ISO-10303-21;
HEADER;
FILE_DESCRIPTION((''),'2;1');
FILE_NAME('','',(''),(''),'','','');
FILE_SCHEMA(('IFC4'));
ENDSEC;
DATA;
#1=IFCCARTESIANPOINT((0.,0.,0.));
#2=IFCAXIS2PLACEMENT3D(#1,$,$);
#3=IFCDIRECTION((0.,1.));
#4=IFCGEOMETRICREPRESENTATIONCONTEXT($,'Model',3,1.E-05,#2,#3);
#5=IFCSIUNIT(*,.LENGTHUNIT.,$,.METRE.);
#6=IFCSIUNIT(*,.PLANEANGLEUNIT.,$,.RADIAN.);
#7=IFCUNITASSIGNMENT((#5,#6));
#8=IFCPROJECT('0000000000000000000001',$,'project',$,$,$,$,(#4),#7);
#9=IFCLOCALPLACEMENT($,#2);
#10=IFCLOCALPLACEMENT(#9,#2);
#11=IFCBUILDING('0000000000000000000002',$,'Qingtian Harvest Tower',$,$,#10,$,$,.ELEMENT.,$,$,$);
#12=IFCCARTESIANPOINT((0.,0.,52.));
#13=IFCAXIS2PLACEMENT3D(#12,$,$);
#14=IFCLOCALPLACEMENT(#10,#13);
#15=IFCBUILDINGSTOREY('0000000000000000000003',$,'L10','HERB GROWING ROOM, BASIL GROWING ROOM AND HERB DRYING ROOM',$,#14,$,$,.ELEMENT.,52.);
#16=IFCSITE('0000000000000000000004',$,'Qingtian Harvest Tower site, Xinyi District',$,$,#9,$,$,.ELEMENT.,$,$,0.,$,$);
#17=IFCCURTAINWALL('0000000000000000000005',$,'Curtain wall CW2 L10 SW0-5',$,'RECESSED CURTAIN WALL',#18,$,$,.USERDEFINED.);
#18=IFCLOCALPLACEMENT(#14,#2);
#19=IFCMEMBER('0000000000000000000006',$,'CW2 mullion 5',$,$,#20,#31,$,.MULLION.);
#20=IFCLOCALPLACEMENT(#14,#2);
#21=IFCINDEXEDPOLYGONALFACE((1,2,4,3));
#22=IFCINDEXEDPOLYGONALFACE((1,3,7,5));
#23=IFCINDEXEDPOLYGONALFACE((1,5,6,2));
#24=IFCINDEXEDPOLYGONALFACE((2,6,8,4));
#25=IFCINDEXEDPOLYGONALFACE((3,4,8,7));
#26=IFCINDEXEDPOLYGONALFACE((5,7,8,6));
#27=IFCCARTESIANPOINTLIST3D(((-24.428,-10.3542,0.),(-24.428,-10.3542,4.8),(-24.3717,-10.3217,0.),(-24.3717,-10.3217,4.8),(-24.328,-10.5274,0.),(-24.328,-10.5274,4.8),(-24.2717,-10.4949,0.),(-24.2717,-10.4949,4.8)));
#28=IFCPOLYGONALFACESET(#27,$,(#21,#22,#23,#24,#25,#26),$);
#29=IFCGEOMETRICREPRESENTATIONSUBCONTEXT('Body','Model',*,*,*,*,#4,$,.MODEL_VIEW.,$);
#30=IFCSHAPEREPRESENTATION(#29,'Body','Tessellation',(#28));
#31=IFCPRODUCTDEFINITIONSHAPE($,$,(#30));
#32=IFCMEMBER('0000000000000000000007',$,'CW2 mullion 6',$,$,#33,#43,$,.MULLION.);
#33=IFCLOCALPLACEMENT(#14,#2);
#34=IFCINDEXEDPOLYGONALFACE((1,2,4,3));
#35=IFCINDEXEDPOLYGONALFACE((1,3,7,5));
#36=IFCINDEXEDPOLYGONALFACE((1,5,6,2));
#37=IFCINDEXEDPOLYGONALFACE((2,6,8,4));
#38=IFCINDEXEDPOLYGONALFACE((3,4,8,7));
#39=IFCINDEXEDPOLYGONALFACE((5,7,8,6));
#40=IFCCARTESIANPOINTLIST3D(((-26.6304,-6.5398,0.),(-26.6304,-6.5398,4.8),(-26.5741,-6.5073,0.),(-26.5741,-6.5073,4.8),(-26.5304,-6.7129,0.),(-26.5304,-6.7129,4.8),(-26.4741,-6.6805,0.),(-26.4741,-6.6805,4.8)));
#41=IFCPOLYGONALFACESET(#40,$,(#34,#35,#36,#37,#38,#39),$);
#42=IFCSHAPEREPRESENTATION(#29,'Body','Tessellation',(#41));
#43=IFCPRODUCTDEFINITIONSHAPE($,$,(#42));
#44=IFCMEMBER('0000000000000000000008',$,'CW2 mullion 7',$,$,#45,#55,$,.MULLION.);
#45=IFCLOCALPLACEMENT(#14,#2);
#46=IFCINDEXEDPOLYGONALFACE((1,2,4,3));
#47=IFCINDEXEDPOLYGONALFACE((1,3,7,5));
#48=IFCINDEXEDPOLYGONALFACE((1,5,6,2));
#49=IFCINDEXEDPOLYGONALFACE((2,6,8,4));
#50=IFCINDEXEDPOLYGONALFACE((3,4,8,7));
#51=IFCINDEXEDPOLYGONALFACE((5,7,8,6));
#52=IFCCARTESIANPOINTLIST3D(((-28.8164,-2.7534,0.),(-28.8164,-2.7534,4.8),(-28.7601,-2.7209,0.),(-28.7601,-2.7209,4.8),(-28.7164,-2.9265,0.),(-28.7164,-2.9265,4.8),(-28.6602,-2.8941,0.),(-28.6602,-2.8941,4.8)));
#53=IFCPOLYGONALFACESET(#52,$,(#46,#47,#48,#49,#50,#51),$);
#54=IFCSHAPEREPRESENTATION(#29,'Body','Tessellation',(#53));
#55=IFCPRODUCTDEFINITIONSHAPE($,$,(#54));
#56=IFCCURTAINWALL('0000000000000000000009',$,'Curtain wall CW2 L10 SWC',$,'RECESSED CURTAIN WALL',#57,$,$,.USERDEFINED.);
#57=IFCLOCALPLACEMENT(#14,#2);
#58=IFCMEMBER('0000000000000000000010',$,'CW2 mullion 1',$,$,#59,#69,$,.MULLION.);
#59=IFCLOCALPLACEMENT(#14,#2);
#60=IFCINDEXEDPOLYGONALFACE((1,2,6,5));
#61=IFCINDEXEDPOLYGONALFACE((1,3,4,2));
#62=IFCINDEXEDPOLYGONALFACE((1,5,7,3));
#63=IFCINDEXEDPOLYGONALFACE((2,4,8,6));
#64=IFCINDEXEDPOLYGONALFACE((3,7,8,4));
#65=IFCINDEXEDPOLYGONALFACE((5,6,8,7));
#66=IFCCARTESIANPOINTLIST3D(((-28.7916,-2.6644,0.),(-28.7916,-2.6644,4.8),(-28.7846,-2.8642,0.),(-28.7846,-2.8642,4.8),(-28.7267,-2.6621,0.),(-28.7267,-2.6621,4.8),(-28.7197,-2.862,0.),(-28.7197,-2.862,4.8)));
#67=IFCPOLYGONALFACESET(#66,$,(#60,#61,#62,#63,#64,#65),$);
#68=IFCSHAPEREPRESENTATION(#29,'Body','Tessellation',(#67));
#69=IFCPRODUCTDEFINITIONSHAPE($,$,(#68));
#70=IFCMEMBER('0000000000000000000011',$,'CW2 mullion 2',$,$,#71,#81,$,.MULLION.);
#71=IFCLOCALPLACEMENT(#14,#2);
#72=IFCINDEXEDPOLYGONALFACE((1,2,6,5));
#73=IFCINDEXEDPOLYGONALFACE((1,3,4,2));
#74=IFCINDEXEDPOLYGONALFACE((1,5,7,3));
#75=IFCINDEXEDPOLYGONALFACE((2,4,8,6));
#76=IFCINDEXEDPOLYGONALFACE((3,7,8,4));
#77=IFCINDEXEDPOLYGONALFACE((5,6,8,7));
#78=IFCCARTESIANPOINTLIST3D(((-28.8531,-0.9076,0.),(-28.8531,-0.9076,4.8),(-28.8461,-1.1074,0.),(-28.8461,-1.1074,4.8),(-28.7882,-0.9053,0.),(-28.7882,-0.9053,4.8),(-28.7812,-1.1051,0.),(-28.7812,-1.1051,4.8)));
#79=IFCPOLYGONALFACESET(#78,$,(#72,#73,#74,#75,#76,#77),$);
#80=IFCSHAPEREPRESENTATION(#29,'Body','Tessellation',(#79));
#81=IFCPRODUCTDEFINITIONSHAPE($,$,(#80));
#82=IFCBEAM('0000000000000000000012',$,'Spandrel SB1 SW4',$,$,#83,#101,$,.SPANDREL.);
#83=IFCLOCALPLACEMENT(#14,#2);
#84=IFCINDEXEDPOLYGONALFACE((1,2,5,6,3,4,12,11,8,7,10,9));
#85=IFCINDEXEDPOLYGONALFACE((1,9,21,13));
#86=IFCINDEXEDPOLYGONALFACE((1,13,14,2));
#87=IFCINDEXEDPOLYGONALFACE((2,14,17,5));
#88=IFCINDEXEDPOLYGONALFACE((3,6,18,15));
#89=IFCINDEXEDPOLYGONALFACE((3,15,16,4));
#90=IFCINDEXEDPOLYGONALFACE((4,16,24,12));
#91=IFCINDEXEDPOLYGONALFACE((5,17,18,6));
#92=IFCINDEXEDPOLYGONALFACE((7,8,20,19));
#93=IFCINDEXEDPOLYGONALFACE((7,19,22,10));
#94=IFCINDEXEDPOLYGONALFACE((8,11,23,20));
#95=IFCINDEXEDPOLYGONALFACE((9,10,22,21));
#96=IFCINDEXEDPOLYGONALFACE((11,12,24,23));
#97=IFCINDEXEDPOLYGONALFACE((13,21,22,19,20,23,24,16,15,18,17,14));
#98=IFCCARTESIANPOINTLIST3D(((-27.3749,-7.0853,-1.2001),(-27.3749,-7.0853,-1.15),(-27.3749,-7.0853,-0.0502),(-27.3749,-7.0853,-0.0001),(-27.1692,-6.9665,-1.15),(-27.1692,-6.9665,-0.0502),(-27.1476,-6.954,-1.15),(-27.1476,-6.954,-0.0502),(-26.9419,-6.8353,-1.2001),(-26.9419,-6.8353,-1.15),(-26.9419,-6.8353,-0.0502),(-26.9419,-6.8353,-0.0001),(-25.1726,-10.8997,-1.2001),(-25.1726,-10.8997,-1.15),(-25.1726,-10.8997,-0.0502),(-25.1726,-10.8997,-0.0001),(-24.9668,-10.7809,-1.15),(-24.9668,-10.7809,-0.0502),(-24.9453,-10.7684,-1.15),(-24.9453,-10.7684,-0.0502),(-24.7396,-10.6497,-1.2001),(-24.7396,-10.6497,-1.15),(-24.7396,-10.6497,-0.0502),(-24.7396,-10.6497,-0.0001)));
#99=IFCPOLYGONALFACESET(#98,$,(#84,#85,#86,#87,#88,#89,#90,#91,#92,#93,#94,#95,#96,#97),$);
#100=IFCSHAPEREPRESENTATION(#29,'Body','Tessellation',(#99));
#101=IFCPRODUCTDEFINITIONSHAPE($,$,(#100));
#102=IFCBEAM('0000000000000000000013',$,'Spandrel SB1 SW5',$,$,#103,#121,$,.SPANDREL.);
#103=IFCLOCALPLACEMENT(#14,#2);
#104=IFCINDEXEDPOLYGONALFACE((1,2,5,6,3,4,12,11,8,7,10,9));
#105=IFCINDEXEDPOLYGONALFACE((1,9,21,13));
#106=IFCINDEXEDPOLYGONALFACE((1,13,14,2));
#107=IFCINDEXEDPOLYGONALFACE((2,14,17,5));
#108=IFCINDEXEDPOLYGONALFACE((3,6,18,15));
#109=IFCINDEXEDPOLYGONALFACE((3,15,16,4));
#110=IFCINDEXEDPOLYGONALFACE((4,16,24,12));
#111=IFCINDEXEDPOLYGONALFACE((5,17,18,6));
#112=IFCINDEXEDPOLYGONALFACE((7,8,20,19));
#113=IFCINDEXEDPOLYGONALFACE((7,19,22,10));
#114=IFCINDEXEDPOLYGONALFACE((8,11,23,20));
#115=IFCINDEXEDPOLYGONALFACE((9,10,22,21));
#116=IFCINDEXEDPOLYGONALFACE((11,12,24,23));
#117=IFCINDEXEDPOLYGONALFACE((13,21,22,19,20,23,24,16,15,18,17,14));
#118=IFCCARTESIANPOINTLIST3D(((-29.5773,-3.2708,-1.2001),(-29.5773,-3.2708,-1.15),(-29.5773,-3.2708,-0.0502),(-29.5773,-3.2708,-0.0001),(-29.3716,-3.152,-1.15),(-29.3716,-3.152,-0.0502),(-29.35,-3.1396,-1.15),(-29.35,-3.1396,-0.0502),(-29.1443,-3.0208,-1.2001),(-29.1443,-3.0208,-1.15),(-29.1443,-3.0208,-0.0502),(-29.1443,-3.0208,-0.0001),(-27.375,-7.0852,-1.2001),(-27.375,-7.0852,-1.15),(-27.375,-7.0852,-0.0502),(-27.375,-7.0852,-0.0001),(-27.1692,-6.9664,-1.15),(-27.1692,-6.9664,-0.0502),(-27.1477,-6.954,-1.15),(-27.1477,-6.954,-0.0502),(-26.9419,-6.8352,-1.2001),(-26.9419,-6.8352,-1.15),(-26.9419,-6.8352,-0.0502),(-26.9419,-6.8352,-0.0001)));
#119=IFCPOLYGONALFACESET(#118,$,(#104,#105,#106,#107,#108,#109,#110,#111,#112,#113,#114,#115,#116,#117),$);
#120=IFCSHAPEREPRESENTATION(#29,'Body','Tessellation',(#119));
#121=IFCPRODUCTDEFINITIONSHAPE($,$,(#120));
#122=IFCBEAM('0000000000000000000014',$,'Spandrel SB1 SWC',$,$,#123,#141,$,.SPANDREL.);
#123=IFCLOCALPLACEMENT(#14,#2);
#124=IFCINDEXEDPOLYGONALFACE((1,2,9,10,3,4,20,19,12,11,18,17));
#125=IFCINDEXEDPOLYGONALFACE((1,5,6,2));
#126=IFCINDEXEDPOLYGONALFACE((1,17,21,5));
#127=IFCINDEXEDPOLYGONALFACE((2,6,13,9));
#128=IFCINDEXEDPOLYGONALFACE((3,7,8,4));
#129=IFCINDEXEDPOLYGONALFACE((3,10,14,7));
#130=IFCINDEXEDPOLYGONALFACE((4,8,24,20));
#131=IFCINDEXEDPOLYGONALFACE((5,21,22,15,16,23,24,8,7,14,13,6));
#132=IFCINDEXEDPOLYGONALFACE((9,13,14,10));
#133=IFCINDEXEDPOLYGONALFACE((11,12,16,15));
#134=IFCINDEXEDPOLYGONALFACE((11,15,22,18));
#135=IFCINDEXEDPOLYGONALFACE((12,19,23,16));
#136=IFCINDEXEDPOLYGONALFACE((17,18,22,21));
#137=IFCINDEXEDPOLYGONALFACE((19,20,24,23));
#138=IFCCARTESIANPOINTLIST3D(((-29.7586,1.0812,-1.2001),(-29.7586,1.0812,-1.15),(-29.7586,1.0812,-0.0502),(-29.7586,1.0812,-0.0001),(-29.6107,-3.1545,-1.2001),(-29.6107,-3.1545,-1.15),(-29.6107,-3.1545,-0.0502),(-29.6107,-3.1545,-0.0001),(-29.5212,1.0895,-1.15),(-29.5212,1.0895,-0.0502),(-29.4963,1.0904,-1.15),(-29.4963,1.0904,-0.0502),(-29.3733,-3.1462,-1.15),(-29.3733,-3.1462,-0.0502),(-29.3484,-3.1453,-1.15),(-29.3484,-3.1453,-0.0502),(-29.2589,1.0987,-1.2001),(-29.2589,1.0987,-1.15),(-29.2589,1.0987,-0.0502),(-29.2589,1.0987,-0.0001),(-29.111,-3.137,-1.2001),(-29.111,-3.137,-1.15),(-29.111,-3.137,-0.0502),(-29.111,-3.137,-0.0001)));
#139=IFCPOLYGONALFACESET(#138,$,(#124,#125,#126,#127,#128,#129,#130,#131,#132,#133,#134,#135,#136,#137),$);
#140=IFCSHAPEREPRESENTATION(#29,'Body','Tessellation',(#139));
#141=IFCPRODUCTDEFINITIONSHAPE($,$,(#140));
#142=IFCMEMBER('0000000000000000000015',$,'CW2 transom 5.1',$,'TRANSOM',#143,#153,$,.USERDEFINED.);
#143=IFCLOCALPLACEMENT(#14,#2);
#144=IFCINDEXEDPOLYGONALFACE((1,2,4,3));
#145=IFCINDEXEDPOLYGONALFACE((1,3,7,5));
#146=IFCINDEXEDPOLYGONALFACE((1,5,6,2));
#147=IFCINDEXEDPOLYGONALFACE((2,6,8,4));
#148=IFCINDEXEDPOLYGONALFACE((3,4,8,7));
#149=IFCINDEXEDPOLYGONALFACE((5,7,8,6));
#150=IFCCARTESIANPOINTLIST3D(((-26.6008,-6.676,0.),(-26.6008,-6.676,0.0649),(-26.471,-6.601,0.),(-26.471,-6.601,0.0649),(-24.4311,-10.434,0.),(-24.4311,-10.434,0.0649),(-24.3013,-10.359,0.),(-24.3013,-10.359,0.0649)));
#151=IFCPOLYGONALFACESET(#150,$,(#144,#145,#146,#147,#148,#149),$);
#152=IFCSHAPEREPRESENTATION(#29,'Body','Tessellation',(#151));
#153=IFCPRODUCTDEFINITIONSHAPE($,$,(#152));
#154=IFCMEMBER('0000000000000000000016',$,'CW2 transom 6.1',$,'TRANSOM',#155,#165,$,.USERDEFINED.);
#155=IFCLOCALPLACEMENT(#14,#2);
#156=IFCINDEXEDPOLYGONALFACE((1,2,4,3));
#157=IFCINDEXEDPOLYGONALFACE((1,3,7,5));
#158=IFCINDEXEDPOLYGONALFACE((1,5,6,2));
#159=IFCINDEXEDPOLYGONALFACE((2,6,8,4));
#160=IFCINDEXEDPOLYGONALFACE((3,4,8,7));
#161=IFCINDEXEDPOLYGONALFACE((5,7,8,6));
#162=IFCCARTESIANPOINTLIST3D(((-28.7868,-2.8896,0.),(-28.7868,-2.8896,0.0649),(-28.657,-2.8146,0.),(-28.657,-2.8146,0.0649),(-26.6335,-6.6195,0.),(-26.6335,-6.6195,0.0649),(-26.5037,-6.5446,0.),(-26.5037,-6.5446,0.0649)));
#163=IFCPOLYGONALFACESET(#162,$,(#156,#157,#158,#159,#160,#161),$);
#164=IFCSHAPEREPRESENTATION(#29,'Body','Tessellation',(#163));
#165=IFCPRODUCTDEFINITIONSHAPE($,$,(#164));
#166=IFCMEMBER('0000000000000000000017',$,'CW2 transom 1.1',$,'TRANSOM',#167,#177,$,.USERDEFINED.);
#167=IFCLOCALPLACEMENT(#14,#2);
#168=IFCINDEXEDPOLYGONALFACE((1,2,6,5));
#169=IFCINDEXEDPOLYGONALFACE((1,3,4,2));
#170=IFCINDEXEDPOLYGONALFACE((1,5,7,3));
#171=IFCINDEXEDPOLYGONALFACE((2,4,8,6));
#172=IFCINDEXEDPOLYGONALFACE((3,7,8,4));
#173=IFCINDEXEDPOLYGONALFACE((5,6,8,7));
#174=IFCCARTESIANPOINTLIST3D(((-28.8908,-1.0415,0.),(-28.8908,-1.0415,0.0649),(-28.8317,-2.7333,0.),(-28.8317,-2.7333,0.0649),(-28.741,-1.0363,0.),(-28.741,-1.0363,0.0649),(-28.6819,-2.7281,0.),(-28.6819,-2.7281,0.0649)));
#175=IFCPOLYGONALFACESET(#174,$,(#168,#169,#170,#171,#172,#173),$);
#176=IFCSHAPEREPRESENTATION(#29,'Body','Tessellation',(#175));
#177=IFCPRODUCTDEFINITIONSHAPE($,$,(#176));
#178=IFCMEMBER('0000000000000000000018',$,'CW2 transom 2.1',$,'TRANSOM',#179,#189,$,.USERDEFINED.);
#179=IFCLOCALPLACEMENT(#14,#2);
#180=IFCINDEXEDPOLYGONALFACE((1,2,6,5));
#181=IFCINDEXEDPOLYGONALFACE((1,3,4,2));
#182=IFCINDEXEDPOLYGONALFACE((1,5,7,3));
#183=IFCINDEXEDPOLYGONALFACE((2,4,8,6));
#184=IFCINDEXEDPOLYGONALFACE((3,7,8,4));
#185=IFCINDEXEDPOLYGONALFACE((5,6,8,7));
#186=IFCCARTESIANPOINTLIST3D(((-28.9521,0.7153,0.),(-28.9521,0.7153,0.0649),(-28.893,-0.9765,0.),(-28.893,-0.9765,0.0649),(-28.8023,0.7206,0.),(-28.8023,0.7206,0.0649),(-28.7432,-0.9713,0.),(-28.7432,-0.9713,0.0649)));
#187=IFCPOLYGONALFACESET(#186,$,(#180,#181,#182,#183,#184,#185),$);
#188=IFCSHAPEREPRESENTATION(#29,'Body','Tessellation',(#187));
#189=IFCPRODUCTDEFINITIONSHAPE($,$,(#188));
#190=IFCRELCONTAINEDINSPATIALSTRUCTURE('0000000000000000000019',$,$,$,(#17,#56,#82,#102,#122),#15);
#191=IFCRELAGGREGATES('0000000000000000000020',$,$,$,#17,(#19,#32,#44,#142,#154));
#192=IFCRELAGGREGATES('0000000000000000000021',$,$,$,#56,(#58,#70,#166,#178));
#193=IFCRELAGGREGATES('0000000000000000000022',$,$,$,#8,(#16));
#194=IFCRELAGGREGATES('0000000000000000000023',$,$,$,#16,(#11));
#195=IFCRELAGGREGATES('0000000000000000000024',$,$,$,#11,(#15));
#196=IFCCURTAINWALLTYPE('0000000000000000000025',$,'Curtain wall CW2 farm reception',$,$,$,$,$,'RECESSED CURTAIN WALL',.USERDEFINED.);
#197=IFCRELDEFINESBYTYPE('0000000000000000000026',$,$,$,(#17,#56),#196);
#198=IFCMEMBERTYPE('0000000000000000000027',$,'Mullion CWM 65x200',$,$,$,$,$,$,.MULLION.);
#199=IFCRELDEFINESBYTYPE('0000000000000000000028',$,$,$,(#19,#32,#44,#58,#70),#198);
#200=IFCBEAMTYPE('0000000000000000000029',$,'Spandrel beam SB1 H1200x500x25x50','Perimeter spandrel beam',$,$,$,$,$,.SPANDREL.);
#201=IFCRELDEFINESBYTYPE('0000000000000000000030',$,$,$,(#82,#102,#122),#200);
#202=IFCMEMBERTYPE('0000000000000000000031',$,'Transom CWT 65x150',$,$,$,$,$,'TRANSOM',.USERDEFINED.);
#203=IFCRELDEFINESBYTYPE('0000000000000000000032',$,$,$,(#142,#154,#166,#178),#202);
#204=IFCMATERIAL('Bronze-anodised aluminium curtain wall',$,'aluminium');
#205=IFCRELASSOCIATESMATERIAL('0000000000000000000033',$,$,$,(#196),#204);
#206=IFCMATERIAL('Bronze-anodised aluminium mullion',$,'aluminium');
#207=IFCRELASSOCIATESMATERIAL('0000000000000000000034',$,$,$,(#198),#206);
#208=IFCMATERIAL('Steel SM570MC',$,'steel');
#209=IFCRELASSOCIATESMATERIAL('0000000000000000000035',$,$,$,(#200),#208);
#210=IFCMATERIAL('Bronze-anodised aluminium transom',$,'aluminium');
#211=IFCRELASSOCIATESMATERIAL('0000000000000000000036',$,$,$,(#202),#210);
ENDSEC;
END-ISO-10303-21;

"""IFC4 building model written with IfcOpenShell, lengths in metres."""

from ifc_helpers import new_model, si_unit, direction, frame, origin, origin_2d, place, context, subcontext, project, spatial, rectangle, i_section, extrude, material, material_profile, profile_set, type_object, element, aggregate, save


model = new_model("IFC4")

# Units and contexts
model_context = context("Model", 3, precision=1e-05, world=origin(), true_north=direction((0.0, 1.0)))
body_context = subcontext(model_context, "Body", "Model", "MODEL_VIEW")
ifc_project = project(units=[si_unit("LENGTHUNIT", "METRE"), si_unit("PLANEANGLEUNIT", "RADIAN")], contexts=[model_context])

# Site, building, storey
site_placement = place(None, origin())
site = spatial("IfcSite", under=ifc_project, at=site_placement, Name="Qingtian Harvest Tower site, Xinyi District", CompositionType="ELEMENT", RefElevation=0.0)
building_placement = place(site_placement, origin())
building = spatial("IfcBuilding", under=site, at=building_placement, Name="Qingtian Harvest Tower", CompositionType="ELEMENT")
storey_placement = place(building_placement, frame((0.0, 0.0, 52.0)))
storey = spatial("IfcBuildingStorey", under=building, at=storey_placement, Name="L10", Description="HERB GROWING ROOM, BASIL GROWING ROOM AND HERB DRYING ROOM", CompositionType="ELEMENT", Elevation=52.0)

# Curtain walls, members
ifc_material_1 = material(Name="Bronze-anodised aluminium curtain wall", Category="aluminium")
curtain_wall_type = type_object("IfcCurtainWallType", Name="Curtain wall CW2 farm reception", ElementType="RECESSED CURTAIN WALL", PredefinedType="USERDEFINED", material=ifc_material_1)
curtain_wall_1_placement = place(storey_placement, origin())
curtain_wall_1 = element("IfcCurtainWall", 1, at=curtain_wall_1_placement, inside=storey, type_object=curtain_wall_type, Name="Curtain wall CW2 L10 SW0-5", ObjectType="RECESSED CURTAIN WALL", PredefinedType="USERDEFINED")
ifc_material_2 = material(Name="Bronze-anodised aluminium mullion", Category="aluminium")
ifc_material_profile_1 = material_profile(ifc_material_2, rectangle(XDim=0.0649, YDim=0.2, at=origin_2d()), Name="AL 65x200")
ifc_profile_set_1 = profile_set([ifc_material_profile_1], Name="Bronze-anodised aluminium mullion")
member_type_1 = type_object("IfcMemberType", Name="Mullion CWM 65x200", PredefinedType="MULLION", material=ifc_profile_set_1)
member_1_placement = place(storey_placement, frame((-24.3499, -10.4246, 0.0), z_axis=(0.0, 0.0, 1.0), x_axis=(-0.866025, -0.5, 0.0)))
member_1 = element("IfcMember", 2, at=member_1_placement, type_object=member_type_1, Name="CW2 mullion 5", PredefinedType="MULLION", context=body_context, shape_type="SweptSolid", body=[
    extrude(rectangle(XDim=0.0649, YDim=0.2, at=origin_2d()), origin(), (0.0, 0.0, 1.0), 4.8),
])
member_2_placement = place(storey_placement, frame((-26.5522, -6.6101, 0.0), z_axis=(0.0, 0.0, 1.0), x_axis=(-0.866025, -0.5, 0.0)))
member_2 = element("IfcMember", 3, at=member_2_placement, type_object=member_type_1, Name="CW2 mullion 6", PredefinedType="MULLION", context=body_context, shape_type="SweptSolid", body=[
    extrude(rectangle(XDim=0.0649, YDim=0.2, at=origin_2d()), origin(), (0.0, 0.0, 1.0), 4.8),
])
member_3_placement = place(storey_placement, frame((-28.7383, -2.8237, 0.0), z_axis=(0.0, 0.0, 1.0), x_axis=(-0.866025, -0.5, 0.0)))
member_3 = element("IfcMember", 4, at=member_3_placement, type_object=member_type_1, Name="CW2 mullion 7", PredefinedType="MULLION", context=body_context, shape_type="SweptSolid", body=[
    extrude(rectangle(XDim=0.0649, YDim=0.2, at=origin_2d()), origin(), (0.0, 0.0, 1.0), 4.8),
])
curtain_wall_2_placement = place(storey_placement, origin())
curtain_wall_2 = element("IfcCurtainWall", 5, at=curtain_wall_2_placement, inside=storey, type_object=curtain_wall_type, Name="Curtain wall CW2 L10 SWC", ObjectType="RECESSED CURTAIN WALL", PredefinedType="USERDEFINED")
member_4_placement = place(storey_placement, frame((-28.7556, -2.7632, 0.0), z_axis=(0.0, 0.0, 1.0), x_axis=(-0.999391, -0.034899, 0.0)))
member_4 = element("IfcMember", 6, at=member_4_placement, type_object=member_type_1, Name="CW2 mullion 1", PredefinedType="MULLION", context=body_context, shape_type="SweptSolid", body=[
    extrude(rectangle(XDim=0.0649, YDim=0.2, at=origin_2d()), origin(), (0.0, 0.0, 1.0), 4.8),
])
member_5_placement = place(storey_placement, frame((-28.8171, -1.0063, 0.0), z_axis=(0.0, 0.0, 1.0), x_axis=(-0.999391, -0.034899, 0.0)))
member_5 = element("IfcMember", 7, at=member_5_placement, type_object=member_type_1, Name="CW2 mullion 2", PredefinedType="MULLION", context=body_context, shape_type="SweptSolid", body=[
    extrude(rectangle(XDim=0.0649, YDim=0.2, at=origin_2d()), origin(), (0.0, 0.0, 1.0), 4.8),
])

# Beams
ifc_material_3 = material(Name="Steel SM570MC", Category="steel")
ifc_material_profile_2 = material_profile(ifc_material_3, i_section(OverallWidth=0.5, OverallDepth=1.2, WebThickness=0.0249, FlangeThickness=0.05, at=origin_2d()), Name="H1200x500x25x50")
ifc_profile_set_2 = profile_set([ifc_material_profile_2], Name="Steel SM570MC")
beam_type_1 = type_object("IfcBeamType", Name="Spandrel beam SB1 H1200x500x25x50", Description="Perimeter spandrel beam", PredefinedType="SPANDREL", material=ifc_profile_set_2)
for number, where, z_axis, x_axis, name in (
    (8, (-24.9561, -10.7747, -0.6001), (-0.50002, 0.866014, 0.0), (-0.866014, -0.50002, 0.0), "Spandrel SB1 SW4"),
    (9, (-27.1584, -6.9602, -0.6001), (-0.50002, 0.866014, 0.0), (-0.866014, -0.50002, 0.0), "Spandrel SB1 SW5"),
):
    element("IfcBeam", number, at=place(storey_placement, frame(where, z_axis=z_axis, x_axis=x_axis)), inside=storey, type_object=beam_type_1, Name=name, PredefinedType="SPANDREL", context=body_context, shape_type="SweptSolid", body=[
        extrude(i_section(OverallWidth=0.5, OverallDepth=1.2, WebThickness=0.0249, FlangeThickness=0.05, at=origin_2d()), origin(), (0.0, 0.0, 1.0), 4.4045),
    ])
beam_1_placement = place(storey_placement, frame((-29.3608, -3.1458, -0.6001), z_axis=(-0.034909, 0.999391, 0.0), x_axis=(-0.999391, -0.034909, 0.0)))
element("IfcBeam", 10, at=beam_1_placement, inside=storey, type_object=beam_type_1, Name="Spandrel SB1 SWC", PredefinedType="SPANDREL", context=body_context, shape_type="SweptSolid", body=[
    extrude(i_section(OverallWidth=0.5, OverallDepth=1.2, WebThickness=0.0249, FlangeThickness=0.05, at=origin_2d()), origin(), (0.0, 0.0, 1.0), 4.2383),
])

# Members
ifc_material_4 = material(Name="Bronze-anodised aluminium transom", Category="aluminium")
ifc_material_profile_3 = material_profile(ifc_material_4, rectangle(XDim=0.1499, YDim=0.0649, at=origin_2d()), Name="AL 65x150")
ifc_profile_set_3 = profile_set([ifc_material_profile_3], Name="Bronze-anodised aluminium transom")
member_type_2 = type_object("IfcMemberType", Name="Transom CWT 65x150", ElementType="TRANSOM", PredefinedType="USERDEFINED", material=ifc_profile_set_3)
member_6_placement = place(storey_placement, frame((-24.3662, -10.3965, 0.0325), z_axis=(-0.499994, 0.866029, 0.0), x_axis=(-0.866029, -0.499994, 0.0)))
member_6 = element("IfcMember", 11, at=member_6_placement, type_object=member_type_2, Name="CW2 transom 5.1", ObjectType="TRANSOM", PredefinedType="USERDEFINED", context=body_context, shape_type="SweptSolid", body=[
    extrude(rectangle(XDim=0.1499, YDim=0.0649, at=origin_2d()), origin(), (0.0, 0.0, 1.0), 4.3394),
])
member_7_placement = place(storey_placement, frame((-26.5686, -6.582, 0.0325), z_axis=(-0.499968, 0.866044, 0.0), x_axis=(-0.866044, -0.499968, 0.0)))
member_7 = element("IfcMember", 12, at=member_7_placement, type_object=member_type_2, Name="CW2 transom 6.1", ObjectType="TRANSOM", PredefinedType="USERDEFINED", context=body_context, shape_type="SweptSolid", body=[
    extrude(rectangle(XDim=0.1499, YDim=0.0649, at=origin_2d()), origin(), (0.0, 0.0, 1.0), 4.3069),
])
member_8_placement = place(storey_placement, frame((-28.7568, -2.7307, 0.0325), z_axis=(-0.034899, 0.999391, 0.0), x_axis=(-0.999391, -0.034899, 0.0)))
member_8 = element("IfcMember", 13, at=member_8_placement, type_object=member_type_2, Name="CW2 transom 1.1", ObjectType="TRANSOM", PredefinedType="USERDEFINED", context=body_context, shape_type="SweptSolid", body=[
    extrude(rectangle(XDim=0.1499, YDim=0.0649, at=origin_2d()), origin(), (0.0, 0.0, 1.0), 1.6929),
])
member_9_placement = place(storey_placement, frame((-28.8181, -0.9739, 0.0325), z_axis=(-0.034899, 0.999391, 0.0), x_axis=(-0.999391, -0.034899, 0.0)))
member_9 = element("IfcMember", 14, at=member_9_placement, type_object=member_type_2, Name="CW2 transom 2.1", ObjectType="TRANSOM", PredefinedType="USERDEFINED", context=body_context, shape_type="SweptSolid", body=[
    extrude(rectangle(XDim=0.1499, YDim=0.0649, at=origin_2d()), origin(), (0.0, 0.0, 1.0), 1.6929),
])

aggregate(curtain_wall_1, [member_1, member_2, member_3, member_6, member_7])
aggregate(curtain_wall_2, [member_4, member_5, member_8, member_9])

save(model, "model.ifc")
